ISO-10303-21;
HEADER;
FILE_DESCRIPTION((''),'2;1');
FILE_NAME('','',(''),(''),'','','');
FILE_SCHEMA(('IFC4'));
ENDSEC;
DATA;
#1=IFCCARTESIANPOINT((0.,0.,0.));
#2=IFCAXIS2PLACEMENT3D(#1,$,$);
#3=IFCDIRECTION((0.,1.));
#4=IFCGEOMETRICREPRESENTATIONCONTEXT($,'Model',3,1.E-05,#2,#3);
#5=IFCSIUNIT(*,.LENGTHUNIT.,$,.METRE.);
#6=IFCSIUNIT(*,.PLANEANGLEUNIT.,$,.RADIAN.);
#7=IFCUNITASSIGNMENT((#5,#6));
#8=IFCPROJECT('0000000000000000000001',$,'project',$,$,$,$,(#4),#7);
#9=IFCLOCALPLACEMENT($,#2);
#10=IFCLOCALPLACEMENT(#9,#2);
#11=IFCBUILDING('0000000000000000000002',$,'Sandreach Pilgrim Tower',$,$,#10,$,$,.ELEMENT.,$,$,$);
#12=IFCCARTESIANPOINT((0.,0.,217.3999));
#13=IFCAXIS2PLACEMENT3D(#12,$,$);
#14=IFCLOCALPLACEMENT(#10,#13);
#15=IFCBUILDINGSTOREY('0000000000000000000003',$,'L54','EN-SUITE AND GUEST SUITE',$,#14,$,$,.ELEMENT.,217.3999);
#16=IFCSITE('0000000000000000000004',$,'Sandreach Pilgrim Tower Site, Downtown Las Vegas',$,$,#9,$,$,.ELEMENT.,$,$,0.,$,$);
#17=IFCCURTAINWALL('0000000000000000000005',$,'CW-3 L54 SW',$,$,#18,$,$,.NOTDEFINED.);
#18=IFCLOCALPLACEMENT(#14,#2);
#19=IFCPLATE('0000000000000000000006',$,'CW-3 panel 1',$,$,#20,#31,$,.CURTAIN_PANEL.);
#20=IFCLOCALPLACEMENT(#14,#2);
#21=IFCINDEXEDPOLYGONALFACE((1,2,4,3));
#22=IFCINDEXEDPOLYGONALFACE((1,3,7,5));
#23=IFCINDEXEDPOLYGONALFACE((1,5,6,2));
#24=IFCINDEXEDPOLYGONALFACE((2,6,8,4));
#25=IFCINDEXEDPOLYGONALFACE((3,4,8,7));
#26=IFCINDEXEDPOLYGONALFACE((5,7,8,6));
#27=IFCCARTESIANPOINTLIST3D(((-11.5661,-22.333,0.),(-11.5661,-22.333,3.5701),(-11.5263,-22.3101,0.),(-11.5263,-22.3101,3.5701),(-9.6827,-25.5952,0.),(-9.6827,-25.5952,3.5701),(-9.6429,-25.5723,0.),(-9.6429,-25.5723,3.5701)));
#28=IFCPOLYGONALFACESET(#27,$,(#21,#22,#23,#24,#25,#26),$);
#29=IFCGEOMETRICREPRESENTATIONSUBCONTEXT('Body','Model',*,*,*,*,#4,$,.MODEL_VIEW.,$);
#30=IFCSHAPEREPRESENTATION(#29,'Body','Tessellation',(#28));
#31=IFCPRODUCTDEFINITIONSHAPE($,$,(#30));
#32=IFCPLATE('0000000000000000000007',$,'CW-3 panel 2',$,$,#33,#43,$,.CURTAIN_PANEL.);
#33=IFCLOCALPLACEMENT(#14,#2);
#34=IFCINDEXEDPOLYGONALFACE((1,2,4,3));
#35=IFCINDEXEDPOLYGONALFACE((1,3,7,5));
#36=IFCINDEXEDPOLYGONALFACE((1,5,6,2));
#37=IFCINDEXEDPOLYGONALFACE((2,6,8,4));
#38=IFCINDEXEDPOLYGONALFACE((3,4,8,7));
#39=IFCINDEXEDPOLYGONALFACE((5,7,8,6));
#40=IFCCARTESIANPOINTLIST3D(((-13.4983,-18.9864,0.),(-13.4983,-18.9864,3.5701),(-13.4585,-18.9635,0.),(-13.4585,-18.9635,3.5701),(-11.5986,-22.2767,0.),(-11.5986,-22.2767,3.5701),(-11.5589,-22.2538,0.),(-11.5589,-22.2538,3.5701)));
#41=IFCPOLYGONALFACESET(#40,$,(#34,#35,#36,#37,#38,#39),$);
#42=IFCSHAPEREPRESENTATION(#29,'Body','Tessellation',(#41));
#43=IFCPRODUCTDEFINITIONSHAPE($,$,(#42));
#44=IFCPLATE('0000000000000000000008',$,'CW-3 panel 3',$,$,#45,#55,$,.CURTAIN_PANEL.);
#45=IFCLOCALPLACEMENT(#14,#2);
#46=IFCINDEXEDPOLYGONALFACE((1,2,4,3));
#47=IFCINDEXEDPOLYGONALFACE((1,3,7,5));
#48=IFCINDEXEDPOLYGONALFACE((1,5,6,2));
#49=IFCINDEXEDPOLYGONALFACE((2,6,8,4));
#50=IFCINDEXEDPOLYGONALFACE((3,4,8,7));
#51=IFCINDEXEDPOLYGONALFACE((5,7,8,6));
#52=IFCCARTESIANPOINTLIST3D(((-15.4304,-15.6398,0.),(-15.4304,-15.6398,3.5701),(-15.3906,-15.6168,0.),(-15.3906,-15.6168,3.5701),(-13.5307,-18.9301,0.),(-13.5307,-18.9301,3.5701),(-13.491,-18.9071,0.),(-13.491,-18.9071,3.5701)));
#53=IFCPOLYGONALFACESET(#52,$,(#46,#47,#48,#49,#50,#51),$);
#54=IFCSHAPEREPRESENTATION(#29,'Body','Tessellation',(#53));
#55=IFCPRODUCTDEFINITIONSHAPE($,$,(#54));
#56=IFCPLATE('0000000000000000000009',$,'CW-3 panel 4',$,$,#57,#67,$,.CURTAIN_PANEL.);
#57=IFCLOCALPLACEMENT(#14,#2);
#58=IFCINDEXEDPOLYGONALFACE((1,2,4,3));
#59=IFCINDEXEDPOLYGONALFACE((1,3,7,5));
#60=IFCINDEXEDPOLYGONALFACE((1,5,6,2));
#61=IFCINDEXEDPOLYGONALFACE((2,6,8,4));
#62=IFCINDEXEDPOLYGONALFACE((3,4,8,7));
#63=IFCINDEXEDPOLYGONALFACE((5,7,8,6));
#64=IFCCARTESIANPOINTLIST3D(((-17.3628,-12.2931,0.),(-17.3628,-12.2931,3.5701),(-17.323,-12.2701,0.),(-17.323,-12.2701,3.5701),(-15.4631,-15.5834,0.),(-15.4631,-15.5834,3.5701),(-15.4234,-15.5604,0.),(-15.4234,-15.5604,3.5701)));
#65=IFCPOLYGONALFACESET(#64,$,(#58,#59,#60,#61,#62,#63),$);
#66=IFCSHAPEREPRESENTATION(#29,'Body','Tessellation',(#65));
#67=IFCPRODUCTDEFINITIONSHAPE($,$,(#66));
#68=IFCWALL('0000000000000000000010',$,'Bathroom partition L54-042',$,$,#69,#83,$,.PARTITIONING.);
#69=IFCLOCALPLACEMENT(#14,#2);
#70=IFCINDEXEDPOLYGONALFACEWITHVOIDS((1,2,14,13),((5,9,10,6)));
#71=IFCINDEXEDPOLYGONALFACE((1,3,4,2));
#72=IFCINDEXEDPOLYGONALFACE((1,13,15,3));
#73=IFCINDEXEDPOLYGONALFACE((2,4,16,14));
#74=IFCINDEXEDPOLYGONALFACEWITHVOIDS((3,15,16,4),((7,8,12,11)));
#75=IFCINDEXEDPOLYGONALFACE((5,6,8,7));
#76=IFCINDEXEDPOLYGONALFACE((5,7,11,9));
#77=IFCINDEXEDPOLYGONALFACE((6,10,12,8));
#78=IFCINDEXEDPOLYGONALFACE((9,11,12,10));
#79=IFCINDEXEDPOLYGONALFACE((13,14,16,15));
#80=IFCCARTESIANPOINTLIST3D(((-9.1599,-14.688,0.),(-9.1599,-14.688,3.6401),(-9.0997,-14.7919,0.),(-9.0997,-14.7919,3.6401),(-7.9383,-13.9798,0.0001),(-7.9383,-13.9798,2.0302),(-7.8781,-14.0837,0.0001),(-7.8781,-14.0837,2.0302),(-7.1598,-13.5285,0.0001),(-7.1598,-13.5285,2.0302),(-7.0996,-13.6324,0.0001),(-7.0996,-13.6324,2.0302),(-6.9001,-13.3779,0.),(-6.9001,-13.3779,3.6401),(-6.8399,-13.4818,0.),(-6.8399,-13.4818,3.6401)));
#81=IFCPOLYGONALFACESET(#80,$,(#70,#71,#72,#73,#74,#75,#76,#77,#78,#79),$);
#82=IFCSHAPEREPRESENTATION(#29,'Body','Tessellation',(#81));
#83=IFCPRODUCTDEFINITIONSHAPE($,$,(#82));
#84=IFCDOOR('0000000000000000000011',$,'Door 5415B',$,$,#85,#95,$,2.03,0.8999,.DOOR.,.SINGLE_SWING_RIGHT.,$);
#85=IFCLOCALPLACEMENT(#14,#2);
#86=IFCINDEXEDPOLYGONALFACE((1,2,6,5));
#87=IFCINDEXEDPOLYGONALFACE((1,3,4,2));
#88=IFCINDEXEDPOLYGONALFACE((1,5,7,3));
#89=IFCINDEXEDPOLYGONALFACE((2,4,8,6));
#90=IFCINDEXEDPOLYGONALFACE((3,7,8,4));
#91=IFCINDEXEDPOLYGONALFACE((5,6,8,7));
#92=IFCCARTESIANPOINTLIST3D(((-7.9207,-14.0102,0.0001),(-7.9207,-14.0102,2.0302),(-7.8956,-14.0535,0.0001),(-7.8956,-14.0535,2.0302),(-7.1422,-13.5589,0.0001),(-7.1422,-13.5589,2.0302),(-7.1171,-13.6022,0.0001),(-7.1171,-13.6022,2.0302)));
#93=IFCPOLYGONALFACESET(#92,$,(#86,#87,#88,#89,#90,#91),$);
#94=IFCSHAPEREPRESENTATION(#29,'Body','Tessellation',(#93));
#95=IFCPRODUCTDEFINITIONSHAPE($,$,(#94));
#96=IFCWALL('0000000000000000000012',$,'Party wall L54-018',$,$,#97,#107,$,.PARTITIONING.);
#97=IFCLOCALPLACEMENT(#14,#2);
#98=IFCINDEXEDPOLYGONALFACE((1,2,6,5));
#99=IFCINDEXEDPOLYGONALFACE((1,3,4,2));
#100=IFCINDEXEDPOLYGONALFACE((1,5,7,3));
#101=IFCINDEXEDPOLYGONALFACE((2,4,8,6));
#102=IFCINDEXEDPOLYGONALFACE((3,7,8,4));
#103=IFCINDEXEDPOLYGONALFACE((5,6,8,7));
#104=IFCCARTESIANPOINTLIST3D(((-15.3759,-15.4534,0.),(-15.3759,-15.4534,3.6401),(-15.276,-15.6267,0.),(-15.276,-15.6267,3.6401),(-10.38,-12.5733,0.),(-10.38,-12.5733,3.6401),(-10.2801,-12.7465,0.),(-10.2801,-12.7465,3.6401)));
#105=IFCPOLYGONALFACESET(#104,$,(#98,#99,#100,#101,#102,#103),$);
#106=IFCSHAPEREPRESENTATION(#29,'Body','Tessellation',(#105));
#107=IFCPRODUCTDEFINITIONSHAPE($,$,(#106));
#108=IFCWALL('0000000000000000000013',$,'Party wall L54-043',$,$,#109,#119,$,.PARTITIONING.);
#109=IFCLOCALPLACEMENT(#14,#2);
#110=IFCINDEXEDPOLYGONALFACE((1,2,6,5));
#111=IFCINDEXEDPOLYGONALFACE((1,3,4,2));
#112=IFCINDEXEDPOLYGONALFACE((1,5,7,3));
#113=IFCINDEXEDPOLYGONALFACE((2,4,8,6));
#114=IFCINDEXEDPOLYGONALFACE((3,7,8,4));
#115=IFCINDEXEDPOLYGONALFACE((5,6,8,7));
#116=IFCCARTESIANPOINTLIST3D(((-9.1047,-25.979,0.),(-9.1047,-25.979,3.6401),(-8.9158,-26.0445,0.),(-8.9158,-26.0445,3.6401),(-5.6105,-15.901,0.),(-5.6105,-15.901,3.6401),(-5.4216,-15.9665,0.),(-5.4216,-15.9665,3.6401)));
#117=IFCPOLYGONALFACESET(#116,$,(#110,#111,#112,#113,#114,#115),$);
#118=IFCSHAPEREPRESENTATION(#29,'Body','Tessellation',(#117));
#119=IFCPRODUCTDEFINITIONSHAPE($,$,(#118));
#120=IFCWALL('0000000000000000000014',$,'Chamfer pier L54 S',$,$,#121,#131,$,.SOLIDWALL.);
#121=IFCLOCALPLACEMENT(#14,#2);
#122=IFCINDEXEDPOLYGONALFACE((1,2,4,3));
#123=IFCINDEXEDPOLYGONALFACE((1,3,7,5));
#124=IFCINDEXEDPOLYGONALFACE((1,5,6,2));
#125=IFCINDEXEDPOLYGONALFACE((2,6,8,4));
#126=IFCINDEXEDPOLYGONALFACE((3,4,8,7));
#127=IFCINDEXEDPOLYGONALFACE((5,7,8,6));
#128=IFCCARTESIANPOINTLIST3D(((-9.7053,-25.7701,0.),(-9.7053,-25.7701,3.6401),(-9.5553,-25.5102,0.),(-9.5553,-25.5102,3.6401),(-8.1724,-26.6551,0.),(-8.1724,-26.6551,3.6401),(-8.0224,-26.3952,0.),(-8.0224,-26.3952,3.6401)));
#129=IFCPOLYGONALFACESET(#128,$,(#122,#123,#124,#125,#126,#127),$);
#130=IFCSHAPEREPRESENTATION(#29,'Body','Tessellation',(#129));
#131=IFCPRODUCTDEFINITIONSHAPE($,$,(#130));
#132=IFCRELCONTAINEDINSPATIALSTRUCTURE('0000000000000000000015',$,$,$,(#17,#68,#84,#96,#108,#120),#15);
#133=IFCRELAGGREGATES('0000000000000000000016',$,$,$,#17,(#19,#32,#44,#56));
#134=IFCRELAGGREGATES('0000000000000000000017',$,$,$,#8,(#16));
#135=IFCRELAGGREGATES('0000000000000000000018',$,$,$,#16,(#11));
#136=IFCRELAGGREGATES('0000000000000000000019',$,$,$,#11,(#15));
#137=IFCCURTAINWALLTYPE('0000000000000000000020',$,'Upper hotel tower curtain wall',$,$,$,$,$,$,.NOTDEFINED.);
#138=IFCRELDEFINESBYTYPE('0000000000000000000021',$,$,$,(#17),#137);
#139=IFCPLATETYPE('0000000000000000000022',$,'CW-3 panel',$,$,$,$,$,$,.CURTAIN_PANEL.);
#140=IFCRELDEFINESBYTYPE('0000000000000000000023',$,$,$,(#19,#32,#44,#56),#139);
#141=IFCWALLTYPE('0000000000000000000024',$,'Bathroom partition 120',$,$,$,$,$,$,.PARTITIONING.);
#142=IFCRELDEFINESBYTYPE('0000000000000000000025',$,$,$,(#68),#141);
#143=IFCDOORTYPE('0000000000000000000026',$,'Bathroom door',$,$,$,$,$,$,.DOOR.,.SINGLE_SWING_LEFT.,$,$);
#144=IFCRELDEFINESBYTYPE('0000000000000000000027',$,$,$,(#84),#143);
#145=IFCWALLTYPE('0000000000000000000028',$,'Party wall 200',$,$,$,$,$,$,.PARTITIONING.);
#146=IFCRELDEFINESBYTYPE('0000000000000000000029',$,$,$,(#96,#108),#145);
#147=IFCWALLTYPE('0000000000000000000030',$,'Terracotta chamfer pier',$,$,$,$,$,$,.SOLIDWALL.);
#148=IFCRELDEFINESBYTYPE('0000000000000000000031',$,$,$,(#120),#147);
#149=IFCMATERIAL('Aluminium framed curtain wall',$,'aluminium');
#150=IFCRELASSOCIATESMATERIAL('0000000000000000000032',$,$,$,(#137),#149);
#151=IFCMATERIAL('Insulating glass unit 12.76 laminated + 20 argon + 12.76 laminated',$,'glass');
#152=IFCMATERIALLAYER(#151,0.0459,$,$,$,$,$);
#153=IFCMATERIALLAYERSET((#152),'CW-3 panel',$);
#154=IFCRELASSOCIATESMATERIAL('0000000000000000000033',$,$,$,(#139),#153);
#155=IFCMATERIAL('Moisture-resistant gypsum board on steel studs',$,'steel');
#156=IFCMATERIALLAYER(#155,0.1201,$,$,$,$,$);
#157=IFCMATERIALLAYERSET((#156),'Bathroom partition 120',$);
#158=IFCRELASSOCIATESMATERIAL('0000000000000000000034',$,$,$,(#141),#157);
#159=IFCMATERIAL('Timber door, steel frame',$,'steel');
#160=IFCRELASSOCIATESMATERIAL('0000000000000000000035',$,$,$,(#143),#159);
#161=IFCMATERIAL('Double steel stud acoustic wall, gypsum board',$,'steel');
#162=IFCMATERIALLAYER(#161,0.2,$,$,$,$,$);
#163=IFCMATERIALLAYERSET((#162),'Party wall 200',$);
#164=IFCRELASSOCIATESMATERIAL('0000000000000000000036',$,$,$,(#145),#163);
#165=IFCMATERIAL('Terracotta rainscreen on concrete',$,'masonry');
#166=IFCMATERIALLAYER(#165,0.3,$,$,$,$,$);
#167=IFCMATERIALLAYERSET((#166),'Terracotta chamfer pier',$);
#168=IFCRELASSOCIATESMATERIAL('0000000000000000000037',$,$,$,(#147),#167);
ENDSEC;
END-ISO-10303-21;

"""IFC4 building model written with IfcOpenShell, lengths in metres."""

from ifc_helpers import new_model, si_unit, direction, frame, frame_2d, origin, origin_2d, place, context, subcontext, project, spatial, rectangle, extrude, material, layer, layer_set, type_object, element, fill, aggregate, save


model = new_model("IFC4")

# Units and contexts
model_context = context("Model", 3, precision=1e-05, world=origin(), true_north=direction((0.0, 1.0)))
body_context = subcontext(model_context, "Body", "Model", "MODEL_VIEW")
ifc_project = project(units=[si_unit("LENGTHUNIT", "METRE"), si_unit("PLANEANGLEUNIT", "RADIAN")], contexts=[model_context])

# Site, building, storey
site_placement = place(None, origin())
site = spatial("IfcSite", under=ifc_project, at=site_placement, Name="Sandreach Pilgrim Tower Site, Downtown Las Vegas", CompositionType="ELEMENT", RefElevation=0.0)
building_placement = place(site_placement, origin())
building = spatial("IfcBuilding", under=site, at=building_placement, Name="Sandreach Pilgrim Tower", CompositionType="ELEMENT")
storey_placement = place(building_placement, frame((0.0, 0.0, 217.3999)))
storey = spatial("IfcBuildingStorey", under=building, at=storey_placement, Name="L54", Description="EN-SUITE AND GUEST SUITE", CompositionType="ELEMENT", Elevation=217.3999)

# Shared definitions
ifc_material_1 = material(Name="Aluminium framed curtain wall", Category="aluminium")
curtain_wall_type = type_object("IfcCurtainWallType", Name="Upper hotel tower curtain wall", PredefinedType="NOTDEFINED", material=ifc_material_1)

# Curtain wall
curtain_wall_1_placement = place(storey_placement, origin())
curtain_wall_1 = element("IfcCurtainWall", 1, at=curtain_wall_1_placement, inside=storey, type_object=curtain_wall_type, Name="CW-3 L54 SW", PredefinedType="NOTDEFINED")

# Plates
ifc_material_2 = material(Name="Insulating glass unit 12.76 laminated + 20 argon + 12.76 laminated", Category="glass")
ifc_layer_1 = layer(ifc_material_2, 0.0459)
ifc_layer_set_1 = layer_set([ifc_layer_1], Name="CW-3 panel")
plate_type = type_object("IfcPlateType", Name="CW-3 panel", PredefinedType="CURTAIN_PANEL", material=ifc_layer_set_1)
plate_1_placement = place(storey_placement, frame((-10.6045, -23.9526, 0.0), z_axis=(0.0, 0.0, 1.0), x_axis=(-0.5, 0.866025, 0.0)))
plate_1 = element("IfcPlate", 2, at=plate_1_placement, type_object=plate_type, Name="CW-3 panel 1", PredefinedType="CURTAIN_PANEL", context=body_context, shape_type="SweptSolid", body=[
    extrude(rectangle(XDim=3.7668, YDim=0.0459, at=origin_2d()), origin(), (0.0, 0.0, 1.0), 3.5701),
])
plate_2_placement = place(storey_placement, frame((-12.5286, -20.6201, 0.0), z_axis=(0.0, 0.0, 1.0), x_axis=(-0.5, 0.866025, 0.0)))
plate_2 = element("IfcPlate", 3, at=plate_2_placement, type_object=plate_type, Name="CW-3 panel 2", PredefinedType="CURTAIN_PANEL", context=body_context, shape_type="SweptSolid", body=[
    extrude(rectangle(XDim=3.7993, YDim=0.0459, at=origin_2d()), origin(), (0.0, 0.0, 1.0), 3.5701),
])
plate_3_placement = place(storey_placement, frame((-14.4607, -17.2734, 0.0), z_axis=(0.0, 0.0, 1.0), x_axis=(-0.5, 0.866025, 0.0)))
plate_3 = element("IfcPlate", 4, at=plate_3_placement, type_object=plate_type, Name="CW-3 panel 3", PredefinedType="CURTAIN_PANEL", context=body_context, shape_type="SweptSolid", body=[
    extrude(rectangle(XDim=3.7993, YDim=0.0459, at=origin_2d()), origin(), (0.0, 0.0, 1.0), 3.5701),
])
plate_4_placement = place(storey_placement, frame((-16.3931, -13.9268, 0.0), z_axis=(0.0, 0.0, 1.0), x_axis=(-0.5, 0.866025, 0.0)))
plate_4 = element("IfcPlate", 5, at=plate_4_placement, type_object=plate_type, Name="CW-3 panel 4", PredefinedType="CURTAIN_PANEL", context=body_context, shape_type="SweptSolid", body=[
    extrude(rectangle(XDim=3.7993, YDim=0.0459, at=origin_2d()), origin(), (0.0, 0.0, 1.0), 3.5701),
])
aggregate(curtain_wall_1, [plate_1, plate_2, plate_3, plate_4])

# Wall, opening, door
ifc_material_3 = material(Name="Moisture-resistant gypsum board on steel studs", Category="steel")
ifc_layer_2 = layer(ifc_material_3, 0.1201)
ifc_layer_set_2 = layer_set([ifc_layer_2], Name="Bathroom partition 120")
wall_type_1 = type_object("IfcWallType", Name="Bathroom partition 120", PredefinedType="PARTITIONING", material=ifc_layer_set_2)
wall_1_placement = place(storey_placement, frame((-9.1299, -14.74, 0.0), z_axis=(0.0, 0.0, 1.0), x_axis=(0.865132, 0.501545, 0.0)))
wall_1 = element("IfcWall", 6, at=wall_1_placement, inside=storey, type_object=wall_type_1, Name="Bathroom partition L54-042", PredefinedType="PARTITIONING", context=body_context, shape_type="SweptSolid", body=[
    extrude(rectangle(XDim=2.6121, YDim=0.1201, at=frame_2d((1.3062, 0.0))), origin(), (0.0, 0.0, 1.0), 3.6401),
])
opening_placement = place(wall_1_placement, frame((1.4121, 0.0, 0.0)))
opening = element("IfcOpeningElement", 7, at=opening_placement, cuts=wall_1, PredefinedType="OPENING", context=body_context, shape_type="SweptSolid", body=[
    extrude(rectangle(XDim=0.8999, YDim=2.03, at=frame_2d((0.45, 1.0151))), frame((0.0, 0.0601, 0.0), z_axis=(0.0, -1.0, 0.0), x_axis=(1.0, 0.0, 0.0)), (0.0, 0.0, 1.0), 0.1201),
])
ifc_material_4 = material(Name="Timber door, steel frame", Category="steel")
door_type = type_object("IfcDoorType", Name="Bathroom door", OperationType="SINGLE_SWING_LEFT", PredefinedType="DOOR", material=ifc_material_4)
door_placement = place(opening_placement, origin())
door = element("IfcDoor", 8, at=door_placement, inside=storey, type_object=door_type, Name="Door 5415B", OperationType="SINGLE_SWING_RIGHT", OverallHeight=2.03, OverallWidth=0.8999, PredefinedType="DOOR", context=body_context, shape_type="SweptSolid", body=[
    extrude(rectangle(XDim=0.8999, YDim=2.03, at=frame_2d((0.45, 1.0151))), frame((0.0, 0.0249, 0.0), z_axis=(0.0, -1.0, 0.0), x_axis=(1.0, 0.0, 0.0)), (0.0, 0.0, 1.0), 0.05),
])
fill(opening, door)

# Walls
ifc_material_5 = material(Name="Double steel stud acoustic wall, gypsum board", Category="steel")
ifc_layer_3 = layer(ifc_material_5, 0.2)
ifc_layer_set_3 = layer_set([ifc_layer_3], Name="Party wall 200")
wall_type_2 = type_object("IfcWallType", Name="Party wall 200", PredefinedType="PARTITIONING", material=ifc_layer_set_3)
wall_2_placement = place(storey_placement, frame((-15.3259, -15.54, 0.0), z_axis=(0.0, 0.0, 1.0), x_axis=(0.866343, 0.49945, 0.0)))
element("IfcWall", 9, at=wall_2_placement, inside=storey, type_object=wall_type_2, Name="Party wall L54-018", PredefinedType="PARTITIONING", context=body_context, shape_type="SweptSolid", body=[
    extrude(rectangle(XDim=5.7666, YDim=0.2, at=frame_2d((2.8833, 0.0))), origin(), (0.0, 0.0, 1.0), 3.6401),
])
wall_3_placement = place(storey_placement, frame((-9.0103, -26.0117, 0.0), z_axis=(0.0, 0.0, 1.0), x_axis=(0.327583, 0.944822, 0.0)))
element("IfcWall", 10, at=wall_3_placement, inside=storey, type_object=wall_type_2, Name="Party wall L54-043", PredefinedType="PARTITIONING", context=body_context, shape_type="SweptSolid", body=[
    extrude(rectangle(XDim=10.6665, YDim=0.2, at=frame_2d((5.3333, 0.0))), origin(), (0.0, 0.0, 1.0), 3.6401),
])
ifc_material_6 = material(Name="Terracotta rainscreen on concrete", Category="masonry")
ifc_layer_4 = layer(ifc_material_6, 0.3)
ifc_layer_set_4 = layer_set([ifc_layer_4], Name="Terracotta chamfer pier")
wall_type_3 = type_object("IfcWallType", Name="Terracotta chamfer pier", PredefinedType="SOLIDWALL", material=ifc_layer_set_4)
wall_4_placement = place(storey_placement, frame((-8.0974, -26.5251, 0.0), z_axis=(0.0, 0.0, 1.0), x_axis=(-0.866036, 0.499981, 0.0)))
element("IfcWall", 11, at=wall_4_placement, inside=storey, type_object=wall_type_3, Name="Chamfer pier L54 S", PredefinedType="SOLIDWALL", context=body_context, shape_type="SweptSolid", body=[
    extrude(rectangle(XDim=1.77, YDim=0.3, at=frame_2d((0.885, 0.0))), origin(), (0.0, 0.0, 1.0), 3.6401),
])

save(model, "model.ifc")
